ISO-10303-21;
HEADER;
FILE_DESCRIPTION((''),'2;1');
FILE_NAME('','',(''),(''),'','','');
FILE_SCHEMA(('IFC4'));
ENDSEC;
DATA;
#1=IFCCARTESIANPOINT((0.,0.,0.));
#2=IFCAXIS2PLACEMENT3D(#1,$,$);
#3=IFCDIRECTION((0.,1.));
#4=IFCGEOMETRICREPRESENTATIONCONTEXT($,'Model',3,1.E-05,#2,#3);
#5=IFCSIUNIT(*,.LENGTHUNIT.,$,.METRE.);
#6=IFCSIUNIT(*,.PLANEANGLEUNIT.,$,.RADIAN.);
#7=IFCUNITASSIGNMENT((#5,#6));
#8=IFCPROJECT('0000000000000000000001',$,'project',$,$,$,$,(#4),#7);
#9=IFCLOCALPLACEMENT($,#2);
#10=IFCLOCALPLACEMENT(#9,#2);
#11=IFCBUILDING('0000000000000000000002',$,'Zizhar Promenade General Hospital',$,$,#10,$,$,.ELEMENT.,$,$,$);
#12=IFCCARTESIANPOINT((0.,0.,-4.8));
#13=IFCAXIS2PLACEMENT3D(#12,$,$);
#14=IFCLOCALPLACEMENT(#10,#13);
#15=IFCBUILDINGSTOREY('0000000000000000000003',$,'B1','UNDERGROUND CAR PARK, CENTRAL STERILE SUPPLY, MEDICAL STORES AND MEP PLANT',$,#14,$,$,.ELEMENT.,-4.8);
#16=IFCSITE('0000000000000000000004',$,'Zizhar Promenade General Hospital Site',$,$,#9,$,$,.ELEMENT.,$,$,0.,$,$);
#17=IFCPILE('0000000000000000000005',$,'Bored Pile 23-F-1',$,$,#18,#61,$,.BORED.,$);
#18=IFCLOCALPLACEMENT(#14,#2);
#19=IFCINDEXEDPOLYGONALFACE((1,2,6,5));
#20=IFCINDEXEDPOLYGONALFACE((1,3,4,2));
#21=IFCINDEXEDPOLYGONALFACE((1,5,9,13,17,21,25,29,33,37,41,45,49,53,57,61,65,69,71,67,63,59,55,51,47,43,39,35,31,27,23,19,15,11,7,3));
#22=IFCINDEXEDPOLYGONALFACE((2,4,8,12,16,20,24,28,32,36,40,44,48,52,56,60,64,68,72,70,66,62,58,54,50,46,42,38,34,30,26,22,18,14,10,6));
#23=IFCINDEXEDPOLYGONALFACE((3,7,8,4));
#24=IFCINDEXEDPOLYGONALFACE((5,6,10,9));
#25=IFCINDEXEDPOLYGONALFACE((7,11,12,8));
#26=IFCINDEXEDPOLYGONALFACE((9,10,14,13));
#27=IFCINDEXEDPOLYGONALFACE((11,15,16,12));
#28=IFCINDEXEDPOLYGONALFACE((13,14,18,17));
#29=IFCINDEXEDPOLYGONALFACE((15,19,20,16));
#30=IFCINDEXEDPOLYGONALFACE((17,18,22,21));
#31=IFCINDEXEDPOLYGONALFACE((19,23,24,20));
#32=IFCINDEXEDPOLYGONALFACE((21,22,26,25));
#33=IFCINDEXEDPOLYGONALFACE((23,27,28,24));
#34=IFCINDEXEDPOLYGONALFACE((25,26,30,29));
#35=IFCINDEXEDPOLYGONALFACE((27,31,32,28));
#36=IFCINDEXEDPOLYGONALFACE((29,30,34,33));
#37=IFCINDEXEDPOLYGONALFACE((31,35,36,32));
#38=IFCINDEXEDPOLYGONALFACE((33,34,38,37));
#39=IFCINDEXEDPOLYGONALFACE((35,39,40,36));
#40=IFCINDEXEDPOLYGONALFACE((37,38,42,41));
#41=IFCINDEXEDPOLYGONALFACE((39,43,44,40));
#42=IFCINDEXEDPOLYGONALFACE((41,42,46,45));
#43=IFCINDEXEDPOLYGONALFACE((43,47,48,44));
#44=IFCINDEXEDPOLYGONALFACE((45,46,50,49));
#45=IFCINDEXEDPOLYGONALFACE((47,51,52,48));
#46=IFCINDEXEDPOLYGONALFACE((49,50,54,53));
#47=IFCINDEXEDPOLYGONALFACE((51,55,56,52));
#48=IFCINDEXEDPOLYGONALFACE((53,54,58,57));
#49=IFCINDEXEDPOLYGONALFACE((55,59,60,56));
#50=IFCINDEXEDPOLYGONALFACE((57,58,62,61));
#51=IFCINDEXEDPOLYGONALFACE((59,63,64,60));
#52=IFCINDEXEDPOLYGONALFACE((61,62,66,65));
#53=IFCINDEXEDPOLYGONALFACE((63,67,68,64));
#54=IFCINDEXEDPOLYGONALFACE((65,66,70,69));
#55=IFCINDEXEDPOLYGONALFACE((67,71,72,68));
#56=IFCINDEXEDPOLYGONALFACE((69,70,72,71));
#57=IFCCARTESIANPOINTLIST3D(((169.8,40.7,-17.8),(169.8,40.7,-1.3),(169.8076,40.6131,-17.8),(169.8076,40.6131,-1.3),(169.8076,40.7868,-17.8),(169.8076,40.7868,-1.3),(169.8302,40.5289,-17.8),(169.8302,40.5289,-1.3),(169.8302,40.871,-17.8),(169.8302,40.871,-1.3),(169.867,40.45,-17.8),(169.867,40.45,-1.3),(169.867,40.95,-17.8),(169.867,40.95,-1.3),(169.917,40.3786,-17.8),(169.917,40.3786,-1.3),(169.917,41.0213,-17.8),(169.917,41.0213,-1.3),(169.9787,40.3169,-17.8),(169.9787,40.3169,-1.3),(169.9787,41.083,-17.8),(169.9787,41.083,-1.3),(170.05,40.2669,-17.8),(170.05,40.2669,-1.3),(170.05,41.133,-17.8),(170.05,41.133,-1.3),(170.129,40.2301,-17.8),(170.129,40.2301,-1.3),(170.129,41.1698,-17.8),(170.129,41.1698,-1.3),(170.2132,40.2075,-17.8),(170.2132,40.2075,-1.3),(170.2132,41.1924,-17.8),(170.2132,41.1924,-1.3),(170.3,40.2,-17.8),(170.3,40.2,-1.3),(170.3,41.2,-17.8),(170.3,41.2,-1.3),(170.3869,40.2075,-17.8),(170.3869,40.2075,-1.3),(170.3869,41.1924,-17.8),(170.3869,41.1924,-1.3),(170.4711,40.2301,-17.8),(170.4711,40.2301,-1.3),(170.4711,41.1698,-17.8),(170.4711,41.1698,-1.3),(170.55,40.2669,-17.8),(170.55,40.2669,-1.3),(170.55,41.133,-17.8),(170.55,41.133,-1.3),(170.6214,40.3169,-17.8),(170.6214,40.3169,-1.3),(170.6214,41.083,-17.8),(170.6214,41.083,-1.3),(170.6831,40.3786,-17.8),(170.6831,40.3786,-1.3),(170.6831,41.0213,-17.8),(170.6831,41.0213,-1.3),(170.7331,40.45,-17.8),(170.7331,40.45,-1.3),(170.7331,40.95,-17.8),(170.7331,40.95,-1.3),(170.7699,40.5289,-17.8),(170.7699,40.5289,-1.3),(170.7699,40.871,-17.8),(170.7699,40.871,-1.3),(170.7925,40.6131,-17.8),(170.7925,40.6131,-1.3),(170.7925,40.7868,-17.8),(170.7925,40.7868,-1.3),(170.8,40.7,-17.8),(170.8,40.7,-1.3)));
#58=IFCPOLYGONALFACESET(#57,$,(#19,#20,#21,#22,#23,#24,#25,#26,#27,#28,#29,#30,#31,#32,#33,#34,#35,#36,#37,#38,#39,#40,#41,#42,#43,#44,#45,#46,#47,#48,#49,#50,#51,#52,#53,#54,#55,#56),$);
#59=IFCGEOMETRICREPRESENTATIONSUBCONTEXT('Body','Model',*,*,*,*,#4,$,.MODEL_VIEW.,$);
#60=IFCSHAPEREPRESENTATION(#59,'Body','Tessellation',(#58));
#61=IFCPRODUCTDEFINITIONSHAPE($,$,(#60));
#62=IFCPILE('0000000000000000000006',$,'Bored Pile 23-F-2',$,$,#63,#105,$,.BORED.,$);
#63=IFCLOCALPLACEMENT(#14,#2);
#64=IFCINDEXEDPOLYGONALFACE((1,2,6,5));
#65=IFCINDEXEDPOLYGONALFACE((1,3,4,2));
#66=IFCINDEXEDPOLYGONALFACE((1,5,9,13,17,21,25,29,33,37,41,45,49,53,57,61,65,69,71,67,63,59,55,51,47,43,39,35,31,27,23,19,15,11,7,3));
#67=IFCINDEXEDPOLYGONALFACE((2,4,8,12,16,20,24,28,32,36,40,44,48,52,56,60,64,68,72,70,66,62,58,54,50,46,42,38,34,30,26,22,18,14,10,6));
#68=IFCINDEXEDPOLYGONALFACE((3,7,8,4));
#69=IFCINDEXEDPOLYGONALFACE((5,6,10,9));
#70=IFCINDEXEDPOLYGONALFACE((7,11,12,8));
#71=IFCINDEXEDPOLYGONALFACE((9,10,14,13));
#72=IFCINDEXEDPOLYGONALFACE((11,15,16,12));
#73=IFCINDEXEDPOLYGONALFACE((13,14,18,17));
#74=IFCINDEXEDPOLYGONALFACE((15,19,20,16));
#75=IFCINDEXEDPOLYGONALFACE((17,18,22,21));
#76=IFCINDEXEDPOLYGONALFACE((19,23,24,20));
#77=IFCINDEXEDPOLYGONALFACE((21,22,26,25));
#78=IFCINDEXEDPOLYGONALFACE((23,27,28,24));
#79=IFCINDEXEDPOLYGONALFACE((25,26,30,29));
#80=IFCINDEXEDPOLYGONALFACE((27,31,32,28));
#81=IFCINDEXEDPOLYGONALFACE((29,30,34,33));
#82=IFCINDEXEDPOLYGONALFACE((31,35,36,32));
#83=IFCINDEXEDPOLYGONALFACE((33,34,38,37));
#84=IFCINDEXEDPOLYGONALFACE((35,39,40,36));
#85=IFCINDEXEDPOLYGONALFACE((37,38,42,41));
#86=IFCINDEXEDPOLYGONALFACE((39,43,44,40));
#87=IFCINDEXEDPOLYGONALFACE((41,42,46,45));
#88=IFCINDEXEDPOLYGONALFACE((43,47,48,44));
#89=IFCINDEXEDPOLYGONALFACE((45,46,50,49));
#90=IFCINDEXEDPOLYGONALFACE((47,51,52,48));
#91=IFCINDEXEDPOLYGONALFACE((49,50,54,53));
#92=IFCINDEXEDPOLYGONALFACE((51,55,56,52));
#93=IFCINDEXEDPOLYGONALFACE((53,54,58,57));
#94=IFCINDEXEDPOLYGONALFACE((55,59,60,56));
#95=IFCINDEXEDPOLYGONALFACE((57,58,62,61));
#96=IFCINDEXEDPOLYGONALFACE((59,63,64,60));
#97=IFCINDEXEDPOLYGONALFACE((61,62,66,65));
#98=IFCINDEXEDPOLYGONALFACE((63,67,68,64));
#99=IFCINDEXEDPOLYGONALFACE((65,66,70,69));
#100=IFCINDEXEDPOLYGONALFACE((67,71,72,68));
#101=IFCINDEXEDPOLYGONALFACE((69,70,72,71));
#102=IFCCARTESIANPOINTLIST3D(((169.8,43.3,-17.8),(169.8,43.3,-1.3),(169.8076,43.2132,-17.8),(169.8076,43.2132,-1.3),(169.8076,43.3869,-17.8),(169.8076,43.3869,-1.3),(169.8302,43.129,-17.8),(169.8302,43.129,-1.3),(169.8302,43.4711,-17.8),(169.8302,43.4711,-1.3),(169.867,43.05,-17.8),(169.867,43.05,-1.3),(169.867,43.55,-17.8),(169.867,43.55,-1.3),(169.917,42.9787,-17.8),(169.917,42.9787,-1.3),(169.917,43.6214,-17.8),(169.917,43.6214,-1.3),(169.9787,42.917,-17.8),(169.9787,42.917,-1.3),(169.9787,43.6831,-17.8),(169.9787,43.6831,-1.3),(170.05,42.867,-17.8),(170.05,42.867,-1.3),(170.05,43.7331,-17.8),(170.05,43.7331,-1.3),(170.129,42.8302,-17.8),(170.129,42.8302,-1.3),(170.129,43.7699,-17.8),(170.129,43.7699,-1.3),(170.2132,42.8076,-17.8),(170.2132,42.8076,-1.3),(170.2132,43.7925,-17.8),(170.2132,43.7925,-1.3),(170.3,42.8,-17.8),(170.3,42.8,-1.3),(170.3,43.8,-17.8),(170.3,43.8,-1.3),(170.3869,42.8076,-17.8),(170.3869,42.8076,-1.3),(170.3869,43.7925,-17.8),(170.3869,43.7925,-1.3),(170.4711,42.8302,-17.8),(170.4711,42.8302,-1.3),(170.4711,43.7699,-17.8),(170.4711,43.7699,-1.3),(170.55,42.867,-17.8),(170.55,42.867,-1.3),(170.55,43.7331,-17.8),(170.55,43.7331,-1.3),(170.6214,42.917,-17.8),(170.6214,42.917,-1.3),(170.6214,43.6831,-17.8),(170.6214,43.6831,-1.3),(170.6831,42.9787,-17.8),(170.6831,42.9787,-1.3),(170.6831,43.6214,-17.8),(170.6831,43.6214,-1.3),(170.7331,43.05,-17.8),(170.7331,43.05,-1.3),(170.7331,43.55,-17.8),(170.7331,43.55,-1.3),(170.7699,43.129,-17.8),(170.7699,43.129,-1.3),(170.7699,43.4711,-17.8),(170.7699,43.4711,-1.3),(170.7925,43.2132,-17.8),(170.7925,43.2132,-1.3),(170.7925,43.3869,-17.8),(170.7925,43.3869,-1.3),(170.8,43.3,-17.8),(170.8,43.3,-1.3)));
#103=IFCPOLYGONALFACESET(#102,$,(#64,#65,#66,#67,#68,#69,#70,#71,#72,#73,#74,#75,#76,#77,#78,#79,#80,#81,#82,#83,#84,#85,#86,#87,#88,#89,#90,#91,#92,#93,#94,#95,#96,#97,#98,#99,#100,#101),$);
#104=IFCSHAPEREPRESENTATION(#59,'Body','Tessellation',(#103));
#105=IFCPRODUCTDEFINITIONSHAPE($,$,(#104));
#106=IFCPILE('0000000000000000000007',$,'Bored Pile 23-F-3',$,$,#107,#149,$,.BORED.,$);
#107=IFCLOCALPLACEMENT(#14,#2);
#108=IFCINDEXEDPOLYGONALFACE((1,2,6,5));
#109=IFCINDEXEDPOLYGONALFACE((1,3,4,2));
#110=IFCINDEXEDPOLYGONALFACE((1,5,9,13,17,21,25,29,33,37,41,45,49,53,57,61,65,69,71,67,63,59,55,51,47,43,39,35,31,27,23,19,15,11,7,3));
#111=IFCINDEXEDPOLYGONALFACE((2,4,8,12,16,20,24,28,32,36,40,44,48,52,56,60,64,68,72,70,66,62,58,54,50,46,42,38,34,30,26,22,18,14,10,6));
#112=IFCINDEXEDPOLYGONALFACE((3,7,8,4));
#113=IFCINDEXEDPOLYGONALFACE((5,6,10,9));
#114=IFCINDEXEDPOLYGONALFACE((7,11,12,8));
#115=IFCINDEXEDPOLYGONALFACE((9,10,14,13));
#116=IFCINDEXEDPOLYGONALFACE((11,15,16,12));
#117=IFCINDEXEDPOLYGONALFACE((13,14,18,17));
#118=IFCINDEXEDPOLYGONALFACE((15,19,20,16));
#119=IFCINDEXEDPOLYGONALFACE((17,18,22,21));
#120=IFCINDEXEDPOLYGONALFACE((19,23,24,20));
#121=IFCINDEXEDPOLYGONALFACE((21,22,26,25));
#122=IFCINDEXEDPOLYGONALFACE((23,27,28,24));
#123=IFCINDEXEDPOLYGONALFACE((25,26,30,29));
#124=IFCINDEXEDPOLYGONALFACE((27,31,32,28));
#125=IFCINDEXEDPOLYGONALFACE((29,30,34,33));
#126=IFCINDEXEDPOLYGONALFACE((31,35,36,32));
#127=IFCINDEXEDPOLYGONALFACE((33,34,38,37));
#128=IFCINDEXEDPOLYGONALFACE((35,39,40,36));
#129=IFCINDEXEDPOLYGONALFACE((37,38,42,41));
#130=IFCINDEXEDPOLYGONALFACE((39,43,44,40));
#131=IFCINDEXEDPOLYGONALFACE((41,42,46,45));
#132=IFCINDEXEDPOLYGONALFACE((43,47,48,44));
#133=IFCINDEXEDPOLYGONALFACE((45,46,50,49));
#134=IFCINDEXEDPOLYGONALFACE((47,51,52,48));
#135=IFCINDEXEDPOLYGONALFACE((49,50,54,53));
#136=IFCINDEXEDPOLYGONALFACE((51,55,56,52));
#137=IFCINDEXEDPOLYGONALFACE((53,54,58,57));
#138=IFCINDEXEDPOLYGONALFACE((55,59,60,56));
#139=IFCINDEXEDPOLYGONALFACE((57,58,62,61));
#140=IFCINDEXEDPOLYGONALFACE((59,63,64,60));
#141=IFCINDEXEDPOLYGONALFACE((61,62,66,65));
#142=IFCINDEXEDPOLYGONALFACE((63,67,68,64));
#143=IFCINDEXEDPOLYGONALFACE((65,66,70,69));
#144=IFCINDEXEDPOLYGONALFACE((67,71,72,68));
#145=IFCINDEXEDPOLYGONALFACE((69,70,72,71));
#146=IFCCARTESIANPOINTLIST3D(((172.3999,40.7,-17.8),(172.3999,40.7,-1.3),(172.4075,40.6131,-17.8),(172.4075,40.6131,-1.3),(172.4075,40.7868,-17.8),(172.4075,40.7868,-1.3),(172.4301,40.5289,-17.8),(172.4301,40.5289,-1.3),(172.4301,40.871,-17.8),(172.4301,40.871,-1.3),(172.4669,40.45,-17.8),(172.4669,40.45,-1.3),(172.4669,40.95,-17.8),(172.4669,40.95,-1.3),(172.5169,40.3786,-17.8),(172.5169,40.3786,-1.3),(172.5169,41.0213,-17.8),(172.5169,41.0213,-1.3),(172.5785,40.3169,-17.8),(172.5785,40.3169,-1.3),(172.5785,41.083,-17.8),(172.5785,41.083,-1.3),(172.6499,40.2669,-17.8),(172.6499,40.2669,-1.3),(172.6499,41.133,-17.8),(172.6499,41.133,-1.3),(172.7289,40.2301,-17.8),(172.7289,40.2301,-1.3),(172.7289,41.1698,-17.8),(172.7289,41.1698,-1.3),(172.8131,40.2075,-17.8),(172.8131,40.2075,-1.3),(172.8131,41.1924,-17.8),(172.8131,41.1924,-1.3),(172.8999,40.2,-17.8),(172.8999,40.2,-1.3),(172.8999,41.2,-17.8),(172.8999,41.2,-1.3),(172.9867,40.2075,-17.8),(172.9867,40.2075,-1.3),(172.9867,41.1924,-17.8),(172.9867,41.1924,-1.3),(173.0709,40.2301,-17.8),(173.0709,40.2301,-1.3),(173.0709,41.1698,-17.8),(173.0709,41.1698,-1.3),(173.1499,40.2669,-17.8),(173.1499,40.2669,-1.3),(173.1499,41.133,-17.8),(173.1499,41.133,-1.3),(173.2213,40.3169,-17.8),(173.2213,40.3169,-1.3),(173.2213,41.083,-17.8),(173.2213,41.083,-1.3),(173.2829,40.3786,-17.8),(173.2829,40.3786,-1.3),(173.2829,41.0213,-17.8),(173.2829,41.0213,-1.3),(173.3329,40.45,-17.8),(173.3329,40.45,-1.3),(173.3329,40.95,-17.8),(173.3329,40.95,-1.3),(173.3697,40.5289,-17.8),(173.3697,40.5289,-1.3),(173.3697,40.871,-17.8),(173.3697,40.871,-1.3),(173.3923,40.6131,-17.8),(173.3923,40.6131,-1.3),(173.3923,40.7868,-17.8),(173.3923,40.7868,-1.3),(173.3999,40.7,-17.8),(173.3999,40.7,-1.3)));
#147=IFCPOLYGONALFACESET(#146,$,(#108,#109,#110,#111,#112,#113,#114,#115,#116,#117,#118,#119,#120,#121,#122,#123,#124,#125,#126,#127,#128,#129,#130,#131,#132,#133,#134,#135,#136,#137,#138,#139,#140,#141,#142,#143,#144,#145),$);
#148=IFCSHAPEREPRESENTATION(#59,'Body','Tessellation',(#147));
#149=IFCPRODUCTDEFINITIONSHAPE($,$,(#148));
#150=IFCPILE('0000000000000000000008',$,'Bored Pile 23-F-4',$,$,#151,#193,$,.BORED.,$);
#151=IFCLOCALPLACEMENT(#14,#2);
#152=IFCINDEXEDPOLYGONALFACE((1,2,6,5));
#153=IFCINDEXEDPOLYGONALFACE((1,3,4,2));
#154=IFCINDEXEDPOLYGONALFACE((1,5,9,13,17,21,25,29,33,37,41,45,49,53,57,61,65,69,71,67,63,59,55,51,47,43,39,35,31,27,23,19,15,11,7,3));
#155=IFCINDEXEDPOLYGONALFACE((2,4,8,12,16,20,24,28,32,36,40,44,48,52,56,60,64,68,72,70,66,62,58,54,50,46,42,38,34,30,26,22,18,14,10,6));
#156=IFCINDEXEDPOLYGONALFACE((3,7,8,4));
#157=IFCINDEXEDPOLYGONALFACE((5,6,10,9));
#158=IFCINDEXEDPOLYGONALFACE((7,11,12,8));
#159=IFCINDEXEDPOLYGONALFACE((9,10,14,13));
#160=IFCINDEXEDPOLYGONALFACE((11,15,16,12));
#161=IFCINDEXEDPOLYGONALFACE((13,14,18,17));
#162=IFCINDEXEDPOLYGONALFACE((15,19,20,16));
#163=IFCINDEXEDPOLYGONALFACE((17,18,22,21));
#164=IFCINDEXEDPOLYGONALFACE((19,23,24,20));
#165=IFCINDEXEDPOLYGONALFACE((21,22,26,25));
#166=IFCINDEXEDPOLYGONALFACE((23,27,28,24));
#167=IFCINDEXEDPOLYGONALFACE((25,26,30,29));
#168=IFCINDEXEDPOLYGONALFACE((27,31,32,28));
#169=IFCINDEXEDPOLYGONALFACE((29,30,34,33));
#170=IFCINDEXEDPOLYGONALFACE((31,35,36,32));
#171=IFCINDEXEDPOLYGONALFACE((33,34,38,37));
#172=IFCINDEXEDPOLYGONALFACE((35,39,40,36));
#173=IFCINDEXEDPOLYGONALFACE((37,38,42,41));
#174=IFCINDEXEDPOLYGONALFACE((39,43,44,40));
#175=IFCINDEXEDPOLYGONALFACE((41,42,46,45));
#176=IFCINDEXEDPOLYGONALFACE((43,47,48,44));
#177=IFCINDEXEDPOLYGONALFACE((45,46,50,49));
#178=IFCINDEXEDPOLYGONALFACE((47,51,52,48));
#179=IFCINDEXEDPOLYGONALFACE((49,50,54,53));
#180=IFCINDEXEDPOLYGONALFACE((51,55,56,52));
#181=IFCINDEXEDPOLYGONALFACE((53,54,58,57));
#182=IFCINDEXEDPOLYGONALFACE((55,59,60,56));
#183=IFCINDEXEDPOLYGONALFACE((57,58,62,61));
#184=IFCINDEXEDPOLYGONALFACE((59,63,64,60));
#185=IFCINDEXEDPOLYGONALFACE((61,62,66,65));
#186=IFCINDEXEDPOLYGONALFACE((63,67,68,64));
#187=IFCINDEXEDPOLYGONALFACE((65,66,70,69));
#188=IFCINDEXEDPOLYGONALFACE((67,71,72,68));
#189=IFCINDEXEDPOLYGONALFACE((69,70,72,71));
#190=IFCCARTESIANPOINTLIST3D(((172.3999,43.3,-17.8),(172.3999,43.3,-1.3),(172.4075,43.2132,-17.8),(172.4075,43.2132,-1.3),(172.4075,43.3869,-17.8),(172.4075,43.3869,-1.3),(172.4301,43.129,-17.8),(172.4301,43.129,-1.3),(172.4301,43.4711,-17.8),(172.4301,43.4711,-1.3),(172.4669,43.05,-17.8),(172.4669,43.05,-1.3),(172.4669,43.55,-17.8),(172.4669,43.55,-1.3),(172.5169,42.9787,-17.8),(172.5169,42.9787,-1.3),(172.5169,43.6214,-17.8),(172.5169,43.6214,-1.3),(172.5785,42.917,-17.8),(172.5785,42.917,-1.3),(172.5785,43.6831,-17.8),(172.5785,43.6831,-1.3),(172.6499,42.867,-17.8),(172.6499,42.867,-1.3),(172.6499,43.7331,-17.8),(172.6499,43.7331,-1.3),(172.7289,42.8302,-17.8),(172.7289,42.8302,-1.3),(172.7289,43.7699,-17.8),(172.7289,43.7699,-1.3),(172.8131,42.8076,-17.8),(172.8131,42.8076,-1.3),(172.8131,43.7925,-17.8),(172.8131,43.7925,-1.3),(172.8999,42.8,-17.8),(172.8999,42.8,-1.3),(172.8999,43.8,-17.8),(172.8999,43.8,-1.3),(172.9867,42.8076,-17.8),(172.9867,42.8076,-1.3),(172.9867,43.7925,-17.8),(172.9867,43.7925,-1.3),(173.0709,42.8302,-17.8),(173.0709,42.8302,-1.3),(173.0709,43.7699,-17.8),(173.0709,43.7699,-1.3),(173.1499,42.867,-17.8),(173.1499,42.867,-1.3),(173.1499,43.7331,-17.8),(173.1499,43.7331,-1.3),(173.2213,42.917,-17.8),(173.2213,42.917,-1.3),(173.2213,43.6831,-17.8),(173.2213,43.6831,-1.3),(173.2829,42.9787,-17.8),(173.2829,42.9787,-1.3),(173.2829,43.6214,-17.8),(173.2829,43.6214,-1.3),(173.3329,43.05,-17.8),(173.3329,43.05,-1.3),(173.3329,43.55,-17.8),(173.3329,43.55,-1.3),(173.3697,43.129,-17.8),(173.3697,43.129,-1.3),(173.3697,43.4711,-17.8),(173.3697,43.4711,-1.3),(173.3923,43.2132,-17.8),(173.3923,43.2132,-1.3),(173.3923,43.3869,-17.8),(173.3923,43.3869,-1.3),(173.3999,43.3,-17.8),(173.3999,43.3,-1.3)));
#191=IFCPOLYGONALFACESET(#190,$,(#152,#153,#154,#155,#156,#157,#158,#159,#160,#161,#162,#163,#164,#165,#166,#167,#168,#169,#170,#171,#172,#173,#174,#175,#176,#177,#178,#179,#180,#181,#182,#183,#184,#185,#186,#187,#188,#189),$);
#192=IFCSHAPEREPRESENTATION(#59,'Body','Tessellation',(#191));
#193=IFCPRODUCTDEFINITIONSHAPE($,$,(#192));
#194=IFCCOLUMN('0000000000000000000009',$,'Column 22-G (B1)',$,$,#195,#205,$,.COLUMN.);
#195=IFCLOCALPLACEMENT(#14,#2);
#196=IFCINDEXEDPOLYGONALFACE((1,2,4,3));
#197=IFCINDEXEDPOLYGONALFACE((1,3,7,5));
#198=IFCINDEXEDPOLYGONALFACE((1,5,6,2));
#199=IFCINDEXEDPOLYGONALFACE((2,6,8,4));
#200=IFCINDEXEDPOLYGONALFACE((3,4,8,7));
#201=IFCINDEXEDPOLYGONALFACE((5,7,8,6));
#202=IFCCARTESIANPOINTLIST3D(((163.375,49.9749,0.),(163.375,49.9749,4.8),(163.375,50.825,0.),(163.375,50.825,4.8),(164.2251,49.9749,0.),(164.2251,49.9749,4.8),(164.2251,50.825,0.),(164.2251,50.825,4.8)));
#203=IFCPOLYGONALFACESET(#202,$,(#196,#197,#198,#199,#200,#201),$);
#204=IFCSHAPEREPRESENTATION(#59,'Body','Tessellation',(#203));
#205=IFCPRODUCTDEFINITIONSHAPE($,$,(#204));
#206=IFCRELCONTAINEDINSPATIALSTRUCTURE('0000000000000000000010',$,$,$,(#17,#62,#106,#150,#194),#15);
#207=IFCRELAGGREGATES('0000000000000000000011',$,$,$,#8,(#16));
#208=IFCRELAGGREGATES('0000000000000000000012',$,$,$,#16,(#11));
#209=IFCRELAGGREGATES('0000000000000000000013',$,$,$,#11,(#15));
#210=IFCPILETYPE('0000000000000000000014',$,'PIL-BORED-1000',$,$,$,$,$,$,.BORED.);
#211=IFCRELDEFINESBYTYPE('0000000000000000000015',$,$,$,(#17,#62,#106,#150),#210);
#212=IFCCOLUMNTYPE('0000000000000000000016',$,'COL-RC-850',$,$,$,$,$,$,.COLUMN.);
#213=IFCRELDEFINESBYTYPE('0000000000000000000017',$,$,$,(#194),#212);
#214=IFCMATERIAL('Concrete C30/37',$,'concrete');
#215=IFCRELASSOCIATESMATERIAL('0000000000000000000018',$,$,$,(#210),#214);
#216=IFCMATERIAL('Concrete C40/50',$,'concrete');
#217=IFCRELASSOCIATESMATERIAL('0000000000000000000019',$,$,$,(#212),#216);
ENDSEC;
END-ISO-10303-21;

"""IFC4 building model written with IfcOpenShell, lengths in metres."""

from ifc_helpers import new_model, si_unit, direction, frame, origin, origin_2d, place, context, subcontext, project, spatial, rectangle, circle, extrude, material, material_profile, profile_set, type_object, element, save


model = new_model("IFC4")

# Units and contexts
model_context = context("Model", 3, precision=1e-05, world=origin(), true_north=direction((0.0, 1.0)))
body_context = subcontext(model_context, "Body", "Model", "MODEL_VIEW")
ifc_project = project(units=[si_unit("LENGTHUNIT", "METRE"), si_unit("PLANEANGLEUNIT", "RADIAN")], contexts=[model_context])

# Site, building, storey
site_placement = place(None, origin())
site = spatial("IfcSite", under=ifc_project, at=site_placement, Name="Zizhar Promenade General Hospital Site", CompositionType="ELEMENT", RefElevation=0.0)
building_placement = place(site_placement, origin())
building = spatial("IfcBuilding", under=site, at=building_placement, Name="Zizhar Promenade General Hospital", CompositionType="ELEMENT")
storey_placement = place(building_placement, frame((0.0, 0.0, -4.8)))
storey = spatial("IfcBuildingStorey", under=building, at=storey_placement, Name="B1", Description="UNDERGROUND CAR PARK, CENTRAL STERILE SUPPLY, MEDICAL STORES AND MEP PLANT", CompositionType="ELEMENT", Elevation=-4.8)

# Piles
ifc_material_1 = material(Name="Concrete C30/37", Category="concrete")
ifc_material_profile_1 = material_profile(ifc_material_1, circle(Radius=0.5, at=origin_2d()))
ifc_profile_set_1 = profile_set([ifc_material_profile_1], Name="Concrete C30/37")
pile_type = type_object("IfcPileType", Name="PIL-BORED-1000", PredefinedType="BORED", material=ifc_profile_set_1)
for number, where, z_axis, x_axis, name in (
    (1, (170.3, 40.7, -1.3), (0.0, 0.0, -1.0), (1.0, 0.0, 0.0), "Bored Pile 23-F-1"),
    (2, (170.3, 43.3, -1.3), (0.0, 0.0, -1.0), (1.0, 0.0, 0.0), "Bored Pile 23-F-2"),
    (3, (172.8999, 40.7, -1.3), (0.0, 0.0, -1.0), (1.0, 0.0, 0.0), "Bored Pile 23-F-3"),
    (4, (172.8999, 43.3, -1.3), (0.0, 0.0, -1.0), (1.0, 0.0, 0.0), "Bored Pile 23-F-4"),
):
    element("IfcPile", number, at=place(storey_placement, frame(where, z_axis=z_axis, x_axis=x_axis)), inside=storey, type_object=pile_type, Name=name, PredefinedType="BORED", context=body_context, shape_type="SweptSolid", body=[
        extrude(circle(Radius=0.5, at=origin_2d()), origin(), (0.0, 0.0, 1.0), 16.5),
    ])

# Column
ifc_material_2 = material(Name="Concrete C40/50", Category="concrete")
ifc_material_profile_2 = material_profile(ifc_material_2, rectangle(XDim=0.8501, YDim=0.8501, at=origin_2d()))
ifc_profile_set_2 = profile_set([ifc_material_profile_2], Name="Concrete C40/50")
column_type = type_object("IfcColumnType", Name="COL-RC-850", PredefinedType="COLUMN", material=ifc_profile_set_2)
for number, where, z_axis, x_axis, name in (
    (5, (163.8, 50.3999, 0.0), (0.0, 0.0, 1.0), (1.0, 0.0, 0.0), "Column 22-G (B1)"),
):
    element("IfcColumn", number, at=place(storey_placement, frame(where, z_axis=z_axis, x_axis=x_axis)), inside=storey, type_object=column_type, Name=name, PredefinedType="COLUMN", context=body_context, shape_type="SweptSolid", body=[
        extrude(rectangle(XDim=0.8501, YDim=0.8501, at=origin_2d()), origin(), (0.0, 0.0, 1.0), 4.8),
    ])

save(model, "model.ifc")
